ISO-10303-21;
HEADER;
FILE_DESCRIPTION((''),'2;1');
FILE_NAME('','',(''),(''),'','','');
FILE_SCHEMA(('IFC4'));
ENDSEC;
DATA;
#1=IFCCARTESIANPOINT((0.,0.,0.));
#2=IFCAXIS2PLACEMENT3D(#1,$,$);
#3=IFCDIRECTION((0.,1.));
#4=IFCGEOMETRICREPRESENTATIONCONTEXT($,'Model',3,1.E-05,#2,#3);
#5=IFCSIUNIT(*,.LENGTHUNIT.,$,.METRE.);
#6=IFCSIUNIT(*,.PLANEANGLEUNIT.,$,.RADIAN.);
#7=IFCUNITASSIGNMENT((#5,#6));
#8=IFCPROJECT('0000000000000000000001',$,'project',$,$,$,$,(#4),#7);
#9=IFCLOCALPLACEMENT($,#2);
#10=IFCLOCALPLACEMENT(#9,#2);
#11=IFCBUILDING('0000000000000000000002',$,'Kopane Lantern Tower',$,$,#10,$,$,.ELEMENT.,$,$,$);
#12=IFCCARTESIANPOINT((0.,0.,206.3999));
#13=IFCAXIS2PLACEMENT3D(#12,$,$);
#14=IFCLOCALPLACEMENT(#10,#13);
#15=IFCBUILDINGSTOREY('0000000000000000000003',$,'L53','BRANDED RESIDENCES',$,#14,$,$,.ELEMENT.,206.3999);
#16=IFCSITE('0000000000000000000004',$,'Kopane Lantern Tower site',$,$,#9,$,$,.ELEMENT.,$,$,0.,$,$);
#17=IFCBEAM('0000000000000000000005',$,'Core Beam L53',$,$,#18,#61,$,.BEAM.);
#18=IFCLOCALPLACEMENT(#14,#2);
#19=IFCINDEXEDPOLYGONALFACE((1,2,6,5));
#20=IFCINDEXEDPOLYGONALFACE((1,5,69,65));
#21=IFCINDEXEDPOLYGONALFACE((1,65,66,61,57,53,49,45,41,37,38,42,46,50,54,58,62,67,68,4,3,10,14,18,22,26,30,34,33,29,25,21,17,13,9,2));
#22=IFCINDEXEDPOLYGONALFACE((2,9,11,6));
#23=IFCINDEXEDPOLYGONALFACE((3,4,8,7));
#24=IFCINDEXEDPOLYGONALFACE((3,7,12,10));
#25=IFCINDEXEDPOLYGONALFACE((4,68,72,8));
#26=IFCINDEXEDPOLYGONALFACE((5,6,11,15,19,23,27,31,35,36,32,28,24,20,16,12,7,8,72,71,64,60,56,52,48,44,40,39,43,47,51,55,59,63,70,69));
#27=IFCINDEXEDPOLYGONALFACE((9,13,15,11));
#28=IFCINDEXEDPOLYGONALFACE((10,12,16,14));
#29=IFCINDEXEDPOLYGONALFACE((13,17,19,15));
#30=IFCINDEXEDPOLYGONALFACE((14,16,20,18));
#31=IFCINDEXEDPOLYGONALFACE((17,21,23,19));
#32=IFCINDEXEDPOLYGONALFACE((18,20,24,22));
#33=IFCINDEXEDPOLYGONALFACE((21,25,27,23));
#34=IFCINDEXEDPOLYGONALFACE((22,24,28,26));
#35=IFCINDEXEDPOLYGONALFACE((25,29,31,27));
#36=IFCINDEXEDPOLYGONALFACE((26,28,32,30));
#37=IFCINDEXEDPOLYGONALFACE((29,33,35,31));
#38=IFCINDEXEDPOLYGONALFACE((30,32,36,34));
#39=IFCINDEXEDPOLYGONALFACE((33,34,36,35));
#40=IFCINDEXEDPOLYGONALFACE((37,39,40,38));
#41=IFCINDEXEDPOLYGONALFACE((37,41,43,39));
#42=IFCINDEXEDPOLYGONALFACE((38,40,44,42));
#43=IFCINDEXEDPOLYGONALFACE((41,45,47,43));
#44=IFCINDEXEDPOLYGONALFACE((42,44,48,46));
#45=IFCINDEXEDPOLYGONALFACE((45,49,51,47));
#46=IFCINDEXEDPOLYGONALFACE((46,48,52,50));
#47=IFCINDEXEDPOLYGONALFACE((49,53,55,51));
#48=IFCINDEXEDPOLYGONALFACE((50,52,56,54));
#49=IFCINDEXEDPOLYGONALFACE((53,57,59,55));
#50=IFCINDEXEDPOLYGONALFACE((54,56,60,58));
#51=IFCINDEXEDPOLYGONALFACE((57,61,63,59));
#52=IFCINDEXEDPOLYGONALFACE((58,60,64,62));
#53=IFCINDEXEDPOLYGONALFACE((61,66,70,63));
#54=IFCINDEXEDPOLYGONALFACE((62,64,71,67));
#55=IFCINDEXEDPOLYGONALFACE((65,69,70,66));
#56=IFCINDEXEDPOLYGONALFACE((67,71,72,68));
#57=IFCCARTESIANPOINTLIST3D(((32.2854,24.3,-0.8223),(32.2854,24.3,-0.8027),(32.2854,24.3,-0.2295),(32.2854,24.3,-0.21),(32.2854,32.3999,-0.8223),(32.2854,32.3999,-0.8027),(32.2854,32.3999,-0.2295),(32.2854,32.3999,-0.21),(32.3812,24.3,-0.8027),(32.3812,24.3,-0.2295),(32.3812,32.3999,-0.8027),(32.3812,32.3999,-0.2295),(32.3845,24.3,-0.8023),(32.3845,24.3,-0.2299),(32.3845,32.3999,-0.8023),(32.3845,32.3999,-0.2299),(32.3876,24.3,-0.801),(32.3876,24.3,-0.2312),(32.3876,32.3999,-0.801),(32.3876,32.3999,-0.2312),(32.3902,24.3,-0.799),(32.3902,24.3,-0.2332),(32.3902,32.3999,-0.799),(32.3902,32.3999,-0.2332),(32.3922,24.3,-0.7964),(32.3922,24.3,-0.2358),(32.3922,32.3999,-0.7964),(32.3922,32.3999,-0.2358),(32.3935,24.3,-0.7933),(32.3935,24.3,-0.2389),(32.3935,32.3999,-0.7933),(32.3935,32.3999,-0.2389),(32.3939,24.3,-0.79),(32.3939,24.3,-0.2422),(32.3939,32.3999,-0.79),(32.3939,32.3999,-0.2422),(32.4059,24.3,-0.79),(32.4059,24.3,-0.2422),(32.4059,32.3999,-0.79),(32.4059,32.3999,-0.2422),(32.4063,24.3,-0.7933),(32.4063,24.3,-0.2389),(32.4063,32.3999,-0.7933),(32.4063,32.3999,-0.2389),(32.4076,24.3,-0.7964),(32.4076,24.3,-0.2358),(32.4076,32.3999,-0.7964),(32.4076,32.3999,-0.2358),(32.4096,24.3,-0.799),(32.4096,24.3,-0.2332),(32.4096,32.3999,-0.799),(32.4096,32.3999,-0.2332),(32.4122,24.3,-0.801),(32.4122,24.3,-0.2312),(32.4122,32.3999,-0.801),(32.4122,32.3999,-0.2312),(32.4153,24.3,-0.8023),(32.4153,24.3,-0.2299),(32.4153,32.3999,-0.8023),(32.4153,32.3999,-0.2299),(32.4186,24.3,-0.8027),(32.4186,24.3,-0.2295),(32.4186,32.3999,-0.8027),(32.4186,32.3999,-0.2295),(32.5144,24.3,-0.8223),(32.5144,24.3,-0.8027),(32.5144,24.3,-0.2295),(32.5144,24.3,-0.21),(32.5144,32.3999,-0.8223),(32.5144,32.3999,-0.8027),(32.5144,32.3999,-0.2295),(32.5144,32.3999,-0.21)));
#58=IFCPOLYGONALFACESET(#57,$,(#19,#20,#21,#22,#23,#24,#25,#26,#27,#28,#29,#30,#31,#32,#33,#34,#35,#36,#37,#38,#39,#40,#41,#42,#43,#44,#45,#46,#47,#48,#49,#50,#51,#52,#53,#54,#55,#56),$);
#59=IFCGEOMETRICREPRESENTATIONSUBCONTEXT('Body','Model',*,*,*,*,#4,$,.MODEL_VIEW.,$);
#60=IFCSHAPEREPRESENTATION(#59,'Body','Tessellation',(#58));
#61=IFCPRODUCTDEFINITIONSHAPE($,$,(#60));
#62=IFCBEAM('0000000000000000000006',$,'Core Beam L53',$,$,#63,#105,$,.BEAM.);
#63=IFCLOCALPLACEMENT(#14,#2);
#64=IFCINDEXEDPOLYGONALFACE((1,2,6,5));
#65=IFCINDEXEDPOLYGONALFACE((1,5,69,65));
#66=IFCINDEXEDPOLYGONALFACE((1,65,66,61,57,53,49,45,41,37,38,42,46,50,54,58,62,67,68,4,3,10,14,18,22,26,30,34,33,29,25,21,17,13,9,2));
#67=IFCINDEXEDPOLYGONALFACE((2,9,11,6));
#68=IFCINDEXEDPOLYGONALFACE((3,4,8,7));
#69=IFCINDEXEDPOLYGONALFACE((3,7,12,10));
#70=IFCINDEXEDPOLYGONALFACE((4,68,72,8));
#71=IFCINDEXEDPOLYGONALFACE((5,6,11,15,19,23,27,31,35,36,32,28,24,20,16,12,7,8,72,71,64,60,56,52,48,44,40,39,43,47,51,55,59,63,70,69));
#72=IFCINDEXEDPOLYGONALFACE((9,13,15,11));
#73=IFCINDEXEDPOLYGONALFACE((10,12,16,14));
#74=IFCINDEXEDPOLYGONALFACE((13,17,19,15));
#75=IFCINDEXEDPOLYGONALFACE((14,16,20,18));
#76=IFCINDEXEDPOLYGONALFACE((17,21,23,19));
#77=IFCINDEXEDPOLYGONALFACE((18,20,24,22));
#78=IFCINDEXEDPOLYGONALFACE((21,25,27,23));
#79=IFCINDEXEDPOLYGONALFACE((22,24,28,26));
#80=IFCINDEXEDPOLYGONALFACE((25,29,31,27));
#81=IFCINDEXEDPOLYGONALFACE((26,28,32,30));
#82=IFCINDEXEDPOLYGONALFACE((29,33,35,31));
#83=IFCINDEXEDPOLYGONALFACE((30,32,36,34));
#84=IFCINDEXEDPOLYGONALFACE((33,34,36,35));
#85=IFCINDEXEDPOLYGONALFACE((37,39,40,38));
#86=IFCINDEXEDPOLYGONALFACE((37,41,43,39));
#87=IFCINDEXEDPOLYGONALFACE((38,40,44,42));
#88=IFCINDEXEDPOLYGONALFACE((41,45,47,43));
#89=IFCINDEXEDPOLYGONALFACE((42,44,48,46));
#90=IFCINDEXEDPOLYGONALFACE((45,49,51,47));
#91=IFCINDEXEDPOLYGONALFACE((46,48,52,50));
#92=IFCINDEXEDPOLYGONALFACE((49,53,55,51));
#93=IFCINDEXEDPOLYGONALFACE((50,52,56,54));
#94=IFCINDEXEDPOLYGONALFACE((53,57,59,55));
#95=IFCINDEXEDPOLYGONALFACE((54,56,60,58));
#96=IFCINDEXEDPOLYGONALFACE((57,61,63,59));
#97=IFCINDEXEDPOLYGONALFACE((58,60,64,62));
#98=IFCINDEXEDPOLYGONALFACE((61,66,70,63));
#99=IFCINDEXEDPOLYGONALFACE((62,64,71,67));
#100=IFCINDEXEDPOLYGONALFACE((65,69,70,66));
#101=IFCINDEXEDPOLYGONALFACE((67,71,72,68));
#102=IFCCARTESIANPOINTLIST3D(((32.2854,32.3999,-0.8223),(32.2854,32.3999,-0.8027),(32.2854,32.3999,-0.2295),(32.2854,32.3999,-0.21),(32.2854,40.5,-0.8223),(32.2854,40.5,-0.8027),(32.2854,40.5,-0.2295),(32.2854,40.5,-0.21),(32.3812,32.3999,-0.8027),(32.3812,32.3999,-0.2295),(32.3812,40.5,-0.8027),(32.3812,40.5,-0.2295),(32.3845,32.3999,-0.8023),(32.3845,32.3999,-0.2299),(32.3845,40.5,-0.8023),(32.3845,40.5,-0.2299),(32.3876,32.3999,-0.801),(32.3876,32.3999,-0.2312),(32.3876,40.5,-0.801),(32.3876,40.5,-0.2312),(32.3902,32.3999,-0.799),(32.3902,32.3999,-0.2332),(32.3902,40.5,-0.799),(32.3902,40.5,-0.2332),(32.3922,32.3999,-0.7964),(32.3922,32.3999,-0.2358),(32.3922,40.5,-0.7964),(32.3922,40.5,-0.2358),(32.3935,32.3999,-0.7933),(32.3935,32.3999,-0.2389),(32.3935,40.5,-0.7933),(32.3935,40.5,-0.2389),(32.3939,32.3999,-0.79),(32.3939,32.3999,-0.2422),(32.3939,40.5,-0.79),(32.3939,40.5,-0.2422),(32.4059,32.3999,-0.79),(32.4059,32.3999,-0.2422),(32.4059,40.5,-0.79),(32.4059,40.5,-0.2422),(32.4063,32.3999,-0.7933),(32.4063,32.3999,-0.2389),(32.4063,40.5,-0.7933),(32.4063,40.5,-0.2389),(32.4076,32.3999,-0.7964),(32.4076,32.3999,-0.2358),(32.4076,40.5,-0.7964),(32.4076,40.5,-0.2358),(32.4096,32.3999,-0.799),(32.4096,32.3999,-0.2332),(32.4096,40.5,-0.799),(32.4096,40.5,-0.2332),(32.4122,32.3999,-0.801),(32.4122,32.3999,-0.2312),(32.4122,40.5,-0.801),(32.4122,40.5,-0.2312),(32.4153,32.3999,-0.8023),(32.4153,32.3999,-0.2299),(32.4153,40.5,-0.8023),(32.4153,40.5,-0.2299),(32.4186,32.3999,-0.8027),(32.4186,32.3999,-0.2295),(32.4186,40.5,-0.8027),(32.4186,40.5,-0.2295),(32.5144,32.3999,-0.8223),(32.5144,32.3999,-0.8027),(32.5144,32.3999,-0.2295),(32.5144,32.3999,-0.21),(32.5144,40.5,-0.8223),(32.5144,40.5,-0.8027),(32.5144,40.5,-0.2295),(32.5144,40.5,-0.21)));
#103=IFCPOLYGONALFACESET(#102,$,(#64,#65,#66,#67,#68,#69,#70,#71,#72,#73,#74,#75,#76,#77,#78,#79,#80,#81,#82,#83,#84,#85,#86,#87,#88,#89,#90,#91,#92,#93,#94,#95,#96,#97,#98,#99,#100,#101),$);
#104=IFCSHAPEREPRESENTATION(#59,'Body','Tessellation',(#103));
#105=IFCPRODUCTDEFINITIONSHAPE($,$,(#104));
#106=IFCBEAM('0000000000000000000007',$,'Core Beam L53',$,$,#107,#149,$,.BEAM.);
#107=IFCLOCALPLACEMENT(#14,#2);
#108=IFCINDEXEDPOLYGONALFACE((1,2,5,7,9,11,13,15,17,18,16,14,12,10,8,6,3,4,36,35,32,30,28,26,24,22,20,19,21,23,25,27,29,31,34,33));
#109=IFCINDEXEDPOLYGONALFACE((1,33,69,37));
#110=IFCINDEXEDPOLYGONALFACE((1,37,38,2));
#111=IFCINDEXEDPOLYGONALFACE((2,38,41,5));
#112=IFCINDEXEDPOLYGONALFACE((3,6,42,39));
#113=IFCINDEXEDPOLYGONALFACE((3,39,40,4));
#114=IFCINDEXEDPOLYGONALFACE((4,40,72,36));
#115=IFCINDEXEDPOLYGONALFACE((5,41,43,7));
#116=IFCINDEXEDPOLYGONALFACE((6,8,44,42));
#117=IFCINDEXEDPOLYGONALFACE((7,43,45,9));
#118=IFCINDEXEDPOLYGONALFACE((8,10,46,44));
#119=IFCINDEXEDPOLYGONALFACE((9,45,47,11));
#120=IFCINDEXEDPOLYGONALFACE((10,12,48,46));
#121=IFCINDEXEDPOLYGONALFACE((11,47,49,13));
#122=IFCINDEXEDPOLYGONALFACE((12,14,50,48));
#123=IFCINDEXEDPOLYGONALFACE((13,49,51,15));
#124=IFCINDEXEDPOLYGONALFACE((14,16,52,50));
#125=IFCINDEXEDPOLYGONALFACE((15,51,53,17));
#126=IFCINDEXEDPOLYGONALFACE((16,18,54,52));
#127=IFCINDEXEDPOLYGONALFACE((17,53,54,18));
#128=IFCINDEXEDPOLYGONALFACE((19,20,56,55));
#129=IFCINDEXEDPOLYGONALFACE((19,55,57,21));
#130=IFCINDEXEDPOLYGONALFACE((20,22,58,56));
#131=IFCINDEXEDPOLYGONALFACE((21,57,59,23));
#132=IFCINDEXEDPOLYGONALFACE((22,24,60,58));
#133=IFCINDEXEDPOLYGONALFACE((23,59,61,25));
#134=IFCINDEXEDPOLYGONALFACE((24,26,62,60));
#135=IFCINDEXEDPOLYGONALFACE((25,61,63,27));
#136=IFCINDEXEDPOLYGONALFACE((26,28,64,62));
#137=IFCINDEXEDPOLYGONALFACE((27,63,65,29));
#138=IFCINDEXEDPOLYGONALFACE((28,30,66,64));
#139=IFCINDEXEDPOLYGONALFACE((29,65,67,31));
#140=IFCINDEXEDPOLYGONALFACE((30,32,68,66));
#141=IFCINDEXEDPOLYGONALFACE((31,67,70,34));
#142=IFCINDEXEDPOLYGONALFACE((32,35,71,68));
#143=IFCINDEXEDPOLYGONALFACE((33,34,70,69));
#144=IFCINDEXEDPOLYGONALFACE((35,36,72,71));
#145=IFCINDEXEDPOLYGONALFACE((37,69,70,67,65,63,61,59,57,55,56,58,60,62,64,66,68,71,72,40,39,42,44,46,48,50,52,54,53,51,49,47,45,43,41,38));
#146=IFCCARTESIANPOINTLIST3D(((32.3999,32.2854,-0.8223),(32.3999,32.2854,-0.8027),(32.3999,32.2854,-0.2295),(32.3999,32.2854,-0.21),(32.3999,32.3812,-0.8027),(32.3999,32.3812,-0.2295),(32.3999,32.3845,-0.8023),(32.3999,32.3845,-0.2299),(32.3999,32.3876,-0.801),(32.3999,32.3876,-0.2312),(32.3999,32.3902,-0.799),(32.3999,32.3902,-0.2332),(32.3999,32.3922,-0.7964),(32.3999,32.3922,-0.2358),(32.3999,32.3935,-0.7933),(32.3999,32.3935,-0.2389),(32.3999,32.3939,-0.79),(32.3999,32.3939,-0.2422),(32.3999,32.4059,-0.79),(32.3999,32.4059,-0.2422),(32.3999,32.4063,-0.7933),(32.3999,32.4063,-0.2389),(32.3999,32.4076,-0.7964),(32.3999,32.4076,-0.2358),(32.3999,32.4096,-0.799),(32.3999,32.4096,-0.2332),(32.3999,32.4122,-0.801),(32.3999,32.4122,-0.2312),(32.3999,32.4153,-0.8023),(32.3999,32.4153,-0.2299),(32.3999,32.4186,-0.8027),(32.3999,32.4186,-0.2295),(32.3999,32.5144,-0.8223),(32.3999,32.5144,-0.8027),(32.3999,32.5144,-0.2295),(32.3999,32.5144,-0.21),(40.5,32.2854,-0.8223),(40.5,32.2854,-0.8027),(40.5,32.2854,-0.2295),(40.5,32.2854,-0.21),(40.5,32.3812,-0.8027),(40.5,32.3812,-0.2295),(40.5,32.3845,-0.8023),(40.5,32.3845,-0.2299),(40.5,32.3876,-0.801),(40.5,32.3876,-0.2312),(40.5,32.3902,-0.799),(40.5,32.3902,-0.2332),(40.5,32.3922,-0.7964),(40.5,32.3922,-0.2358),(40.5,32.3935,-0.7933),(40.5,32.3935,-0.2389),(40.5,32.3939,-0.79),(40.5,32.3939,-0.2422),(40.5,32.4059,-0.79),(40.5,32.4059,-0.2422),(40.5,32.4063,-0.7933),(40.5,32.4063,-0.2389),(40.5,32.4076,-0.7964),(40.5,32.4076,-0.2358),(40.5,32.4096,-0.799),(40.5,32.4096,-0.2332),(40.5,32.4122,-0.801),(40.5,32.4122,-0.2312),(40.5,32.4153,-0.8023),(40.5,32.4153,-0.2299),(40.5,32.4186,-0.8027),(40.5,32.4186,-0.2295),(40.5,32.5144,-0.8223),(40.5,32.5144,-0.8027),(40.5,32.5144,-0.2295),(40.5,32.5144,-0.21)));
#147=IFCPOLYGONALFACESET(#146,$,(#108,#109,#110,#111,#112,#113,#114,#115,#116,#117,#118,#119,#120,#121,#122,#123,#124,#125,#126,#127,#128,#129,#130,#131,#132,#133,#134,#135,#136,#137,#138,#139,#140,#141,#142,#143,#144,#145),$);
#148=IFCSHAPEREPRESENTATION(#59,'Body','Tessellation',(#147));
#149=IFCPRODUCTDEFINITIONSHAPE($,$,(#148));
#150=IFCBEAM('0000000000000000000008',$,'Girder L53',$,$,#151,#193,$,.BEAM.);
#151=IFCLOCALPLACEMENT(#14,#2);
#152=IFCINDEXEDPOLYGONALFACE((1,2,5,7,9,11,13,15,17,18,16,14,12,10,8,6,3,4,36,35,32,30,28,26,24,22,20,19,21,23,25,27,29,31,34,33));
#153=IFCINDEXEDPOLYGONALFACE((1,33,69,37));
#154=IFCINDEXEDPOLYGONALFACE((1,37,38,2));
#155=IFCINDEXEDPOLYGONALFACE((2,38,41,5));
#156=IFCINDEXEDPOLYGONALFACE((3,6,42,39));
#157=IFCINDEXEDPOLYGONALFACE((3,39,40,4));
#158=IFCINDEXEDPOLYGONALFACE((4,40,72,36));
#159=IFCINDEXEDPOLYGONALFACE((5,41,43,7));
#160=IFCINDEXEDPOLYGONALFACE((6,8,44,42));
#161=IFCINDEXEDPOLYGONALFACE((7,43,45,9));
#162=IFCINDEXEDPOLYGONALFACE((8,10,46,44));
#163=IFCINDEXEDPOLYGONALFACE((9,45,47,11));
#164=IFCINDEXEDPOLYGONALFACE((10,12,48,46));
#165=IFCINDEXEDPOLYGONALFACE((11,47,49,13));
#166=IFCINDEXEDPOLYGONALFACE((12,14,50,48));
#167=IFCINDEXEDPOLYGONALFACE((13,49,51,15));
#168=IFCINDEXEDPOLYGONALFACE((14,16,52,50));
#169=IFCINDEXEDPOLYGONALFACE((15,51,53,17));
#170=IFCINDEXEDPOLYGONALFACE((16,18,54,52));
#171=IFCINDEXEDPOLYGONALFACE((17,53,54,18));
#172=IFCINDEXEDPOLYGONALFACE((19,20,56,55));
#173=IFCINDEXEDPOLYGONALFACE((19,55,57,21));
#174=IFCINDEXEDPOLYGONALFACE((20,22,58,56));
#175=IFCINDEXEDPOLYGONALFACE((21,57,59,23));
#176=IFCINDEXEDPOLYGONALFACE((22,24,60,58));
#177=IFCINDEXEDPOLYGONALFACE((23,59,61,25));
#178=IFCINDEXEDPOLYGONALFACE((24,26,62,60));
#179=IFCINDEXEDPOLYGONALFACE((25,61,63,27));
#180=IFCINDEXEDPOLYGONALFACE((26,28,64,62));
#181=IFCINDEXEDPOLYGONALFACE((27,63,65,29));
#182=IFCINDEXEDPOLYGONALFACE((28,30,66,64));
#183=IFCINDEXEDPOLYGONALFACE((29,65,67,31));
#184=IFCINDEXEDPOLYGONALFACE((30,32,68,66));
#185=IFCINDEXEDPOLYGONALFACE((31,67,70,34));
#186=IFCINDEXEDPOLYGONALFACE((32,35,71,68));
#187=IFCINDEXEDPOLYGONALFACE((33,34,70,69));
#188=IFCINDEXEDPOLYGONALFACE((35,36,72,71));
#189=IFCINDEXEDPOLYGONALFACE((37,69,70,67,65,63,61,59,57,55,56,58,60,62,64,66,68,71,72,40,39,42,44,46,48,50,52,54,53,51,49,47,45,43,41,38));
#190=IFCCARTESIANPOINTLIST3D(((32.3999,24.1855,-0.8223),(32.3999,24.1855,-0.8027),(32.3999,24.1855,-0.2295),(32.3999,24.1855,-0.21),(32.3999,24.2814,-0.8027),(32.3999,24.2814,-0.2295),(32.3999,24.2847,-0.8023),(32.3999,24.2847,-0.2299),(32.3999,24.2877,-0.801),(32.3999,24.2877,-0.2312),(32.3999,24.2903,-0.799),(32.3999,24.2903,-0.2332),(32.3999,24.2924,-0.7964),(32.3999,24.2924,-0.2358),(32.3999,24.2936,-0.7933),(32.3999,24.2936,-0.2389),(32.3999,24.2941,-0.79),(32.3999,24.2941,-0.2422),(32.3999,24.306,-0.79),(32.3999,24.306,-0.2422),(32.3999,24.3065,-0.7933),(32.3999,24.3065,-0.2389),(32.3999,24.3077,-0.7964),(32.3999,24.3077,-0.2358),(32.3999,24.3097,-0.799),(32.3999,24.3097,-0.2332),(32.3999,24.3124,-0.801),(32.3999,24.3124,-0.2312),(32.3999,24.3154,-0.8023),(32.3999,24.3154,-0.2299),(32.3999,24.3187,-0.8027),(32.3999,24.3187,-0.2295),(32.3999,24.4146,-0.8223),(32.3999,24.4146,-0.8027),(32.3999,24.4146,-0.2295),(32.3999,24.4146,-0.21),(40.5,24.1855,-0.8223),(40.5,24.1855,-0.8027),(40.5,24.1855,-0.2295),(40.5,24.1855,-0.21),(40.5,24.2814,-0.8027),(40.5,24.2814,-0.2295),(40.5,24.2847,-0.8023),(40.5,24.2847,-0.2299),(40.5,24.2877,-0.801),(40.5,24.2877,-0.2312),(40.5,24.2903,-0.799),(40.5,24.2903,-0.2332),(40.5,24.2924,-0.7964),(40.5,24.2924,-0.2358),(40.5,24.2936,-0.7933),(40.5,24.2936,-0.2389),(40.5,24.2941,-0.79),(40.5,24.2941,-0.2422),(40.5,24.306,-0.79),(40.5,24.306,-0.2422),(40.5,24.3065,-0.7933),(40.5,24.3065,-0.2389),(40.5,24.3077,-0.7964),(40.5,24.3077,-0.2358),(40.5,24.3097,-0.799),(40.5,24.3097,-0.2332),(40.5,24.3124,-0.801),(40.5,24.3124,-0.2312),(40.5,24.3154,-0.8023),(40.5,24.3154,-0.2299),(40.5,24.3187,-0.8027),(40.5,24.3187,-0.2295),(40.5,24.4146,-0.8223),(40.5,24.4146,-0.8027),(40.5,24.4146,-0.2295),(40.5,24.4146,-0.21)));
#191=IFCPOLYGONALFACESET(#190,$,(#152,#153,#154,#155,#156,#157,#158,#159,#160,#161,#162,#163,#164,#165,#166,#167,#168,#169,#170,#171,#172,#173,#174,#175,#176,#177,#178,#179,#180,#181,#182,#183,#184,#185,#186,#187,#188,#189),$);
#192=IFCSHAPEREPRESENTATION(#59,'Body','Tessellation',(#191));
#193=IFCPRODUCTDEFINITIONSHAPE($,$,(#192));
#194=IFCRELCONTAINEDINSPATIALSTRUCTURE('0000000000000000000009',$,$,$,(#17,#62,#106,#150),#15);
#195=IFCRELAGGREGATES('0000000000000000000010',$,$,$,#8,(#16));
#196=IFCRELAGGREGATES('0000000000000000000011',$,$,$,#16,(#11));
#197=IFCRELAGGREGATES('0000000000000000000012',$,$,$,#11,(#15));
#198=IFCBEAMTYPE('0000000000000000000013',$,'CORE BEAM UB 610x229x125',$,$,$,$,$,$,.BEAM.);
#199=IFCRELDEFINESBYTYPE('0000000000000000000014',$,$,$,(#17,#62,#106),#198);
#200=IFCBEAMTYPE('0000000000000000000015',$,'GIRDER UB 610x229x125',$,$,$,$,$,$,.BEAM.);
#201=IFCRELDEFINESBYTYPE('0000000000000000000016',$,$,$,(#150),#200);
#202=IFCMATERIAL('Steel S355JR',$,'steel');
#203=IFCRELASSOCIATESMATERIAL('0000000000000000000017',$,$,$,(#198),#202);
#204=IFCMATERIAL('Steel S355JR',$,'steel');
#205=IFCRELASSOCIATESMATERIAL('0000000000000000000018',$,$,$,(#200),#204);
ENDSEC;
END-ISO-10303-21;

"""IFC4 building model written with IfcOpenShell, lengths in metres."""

from ifc_helpers import new_model, si_unit, direction, frame, origin, origin_2d, place, context, subcontext, project, spatial, i_section, extrude, material, material_profile, profile_set, type_object, element, save


model = new_model("IFC4")

# Units and contexts
model_context = context("Model", 3, precision=1e-05, world=origin(), true_north=direction((0.0, 1.0)))
body_context = subcontext(model_context, "Body", "Model", "MODEL_VIEW")
ifc_project = project(units=[si_unit("LENGTHUNIT", "METRE"), si_unit("PLANEANGLEUNIT", "RADIAN")], contexts=[model_context])

# Site, building, storey
site_placement = place(None, origin())
site = spatial("IfcSite", under=ifc_project, at=site_placement, Name="Kopane Lantern Tower site", CompositionType="ELEMENT", RefElevation=0.0)
building_placement = place(site_placement, origin())
building = spatial("IfcBuilding", under=site, at=building_placement, Name="Kopane Lantern Tower", CompositionType="ELEMENT")
storey_placement = place(building_placement, frame((0.0, 0.0, 206.3999)))
storey = spatial("IfcBuildingStorey", under=building, at=storey_placement, Name="L53", Description="BRANDED RESIDENCES", CompositionType="ELEMENT", Elevation=206.3999)

# Beams
ifc_material_1 = material(Name="Steel S355JR", Category="steel")
ifc_material_profile_1 = material_profile(ifc_material_1, i_section(OverallWidth=0.229, OverallDepth=0.6123, WebThickness=0.012, FlangeThickness=0.0195, FilletRadius=0.0127, at=origin_2d()), Name="UB 610x229x125")
ifc_profile_set_1 = profile_set([ifc_material_profile_1], Name="Steel S355JR")
beam_type_1 = type_object("IfcBeamType", Name="CORE BEAM UB 610x229x125", PredefinedType="BEAM", material=ifc_profile_set_1)
for number, where, z_axis, x_axis, name in (
    (1, (32.3999, 24.3, -0.5161), (0.0, 1.0, 0.0), (-1.0, 0.0, 0.0), "Core Beam L53"),
):
    element("IfcBeam", number, at=place(storey_placement, frame(where, z_axis=z_axis, x_axis=x_axis)), inside=storey, type_object=beam_type_1, Name=name, PredefinedType="BEAM", context=body_context, shape_type="SweptSolid", body=[
        extrude(i_section(OverallWidth=0.229, OverallDepth=0.6123, WebThickness=0.012, FlangeThickness=0.0195, FilletRadius=0.0127, at=origin_2d()), origin(), (0.0, 0.0, 1.0), 8.0999),
    ])
for number, where, z_axis, x_axis, name in (
    (2, (32.3999, 32.3999, -0.5161), (0.0, 1.0, 0.0), (-1.0, 0.0, 0.0), "Core Beam L53"),
    (3, (32.3999, 32.3999, -0.5161), (1.0, 0.0, 0.0), (0.0, 1.0, 0.0), "Core Beam L53"),
):
    element("IfcBeam", number, at=place(storey_placement, frame(where, z_axis=z_axis, x_axis=x_axis)), inside=storey, type_object=beam_type_1, Name=name, PredefinedType="BEAM", context=body_context, shape_type="SweptSolid", body=[
        extrude(i_section(OverallWidth=0.229, OverallDepth=0.6123, WebThickness=0.012, FlangeThickness=0.0195, FilletRadius=0.0127, at=origin_2d()), origin(), (0.0, 0.0, 1.0), 8.1001),
    ])
ifc_material_2 = material(Name="Steel S355JR", Category="steel")
ifc_material_profile_2 = material_profile(ifc_material_2, i_section(OverallWidth=0.229, OverallDepth=0.6123, WebThickness=0.012, FlangeThickness=0.0195, FilletRadius=0.0127, at=origin_2d()), Name="UB 610x229x125")
ifc_profile_set_2 = profile_set([ifc_material_profile_2], Name="Steel S355JR")
beam_type_2 = type_object("IfcBeamType", Name="GIRDER UB 610x229x125", PredefinedType="BEAM", material=ifc_profile_set_2)
beam_1_placement = place(storey_placement, frame((32.3999, 24.3, -0.5161), z_axis=(1.0, 0.0, 0.0), x_axis=(0.0, 1.0, 0.0)))
element("IfcBeam", 4, at=beam_1_placement, inside=storey, type_object=beam_type_2, Name="Girder L53", PredefinedType="BEAM", context=body_context, shape_type="SweptSolid", body=[
    extrude(i_section(OverallWidth=0.229, OverallDepth=0.6123, WebThickness=0.012, FlangeThickness=0.0195, FilletRadius=0.0127, at=origin_2d()), origin(), (0.0, 0.0, 1.0), 8.1001),
])

save(model, "model.ifc")
